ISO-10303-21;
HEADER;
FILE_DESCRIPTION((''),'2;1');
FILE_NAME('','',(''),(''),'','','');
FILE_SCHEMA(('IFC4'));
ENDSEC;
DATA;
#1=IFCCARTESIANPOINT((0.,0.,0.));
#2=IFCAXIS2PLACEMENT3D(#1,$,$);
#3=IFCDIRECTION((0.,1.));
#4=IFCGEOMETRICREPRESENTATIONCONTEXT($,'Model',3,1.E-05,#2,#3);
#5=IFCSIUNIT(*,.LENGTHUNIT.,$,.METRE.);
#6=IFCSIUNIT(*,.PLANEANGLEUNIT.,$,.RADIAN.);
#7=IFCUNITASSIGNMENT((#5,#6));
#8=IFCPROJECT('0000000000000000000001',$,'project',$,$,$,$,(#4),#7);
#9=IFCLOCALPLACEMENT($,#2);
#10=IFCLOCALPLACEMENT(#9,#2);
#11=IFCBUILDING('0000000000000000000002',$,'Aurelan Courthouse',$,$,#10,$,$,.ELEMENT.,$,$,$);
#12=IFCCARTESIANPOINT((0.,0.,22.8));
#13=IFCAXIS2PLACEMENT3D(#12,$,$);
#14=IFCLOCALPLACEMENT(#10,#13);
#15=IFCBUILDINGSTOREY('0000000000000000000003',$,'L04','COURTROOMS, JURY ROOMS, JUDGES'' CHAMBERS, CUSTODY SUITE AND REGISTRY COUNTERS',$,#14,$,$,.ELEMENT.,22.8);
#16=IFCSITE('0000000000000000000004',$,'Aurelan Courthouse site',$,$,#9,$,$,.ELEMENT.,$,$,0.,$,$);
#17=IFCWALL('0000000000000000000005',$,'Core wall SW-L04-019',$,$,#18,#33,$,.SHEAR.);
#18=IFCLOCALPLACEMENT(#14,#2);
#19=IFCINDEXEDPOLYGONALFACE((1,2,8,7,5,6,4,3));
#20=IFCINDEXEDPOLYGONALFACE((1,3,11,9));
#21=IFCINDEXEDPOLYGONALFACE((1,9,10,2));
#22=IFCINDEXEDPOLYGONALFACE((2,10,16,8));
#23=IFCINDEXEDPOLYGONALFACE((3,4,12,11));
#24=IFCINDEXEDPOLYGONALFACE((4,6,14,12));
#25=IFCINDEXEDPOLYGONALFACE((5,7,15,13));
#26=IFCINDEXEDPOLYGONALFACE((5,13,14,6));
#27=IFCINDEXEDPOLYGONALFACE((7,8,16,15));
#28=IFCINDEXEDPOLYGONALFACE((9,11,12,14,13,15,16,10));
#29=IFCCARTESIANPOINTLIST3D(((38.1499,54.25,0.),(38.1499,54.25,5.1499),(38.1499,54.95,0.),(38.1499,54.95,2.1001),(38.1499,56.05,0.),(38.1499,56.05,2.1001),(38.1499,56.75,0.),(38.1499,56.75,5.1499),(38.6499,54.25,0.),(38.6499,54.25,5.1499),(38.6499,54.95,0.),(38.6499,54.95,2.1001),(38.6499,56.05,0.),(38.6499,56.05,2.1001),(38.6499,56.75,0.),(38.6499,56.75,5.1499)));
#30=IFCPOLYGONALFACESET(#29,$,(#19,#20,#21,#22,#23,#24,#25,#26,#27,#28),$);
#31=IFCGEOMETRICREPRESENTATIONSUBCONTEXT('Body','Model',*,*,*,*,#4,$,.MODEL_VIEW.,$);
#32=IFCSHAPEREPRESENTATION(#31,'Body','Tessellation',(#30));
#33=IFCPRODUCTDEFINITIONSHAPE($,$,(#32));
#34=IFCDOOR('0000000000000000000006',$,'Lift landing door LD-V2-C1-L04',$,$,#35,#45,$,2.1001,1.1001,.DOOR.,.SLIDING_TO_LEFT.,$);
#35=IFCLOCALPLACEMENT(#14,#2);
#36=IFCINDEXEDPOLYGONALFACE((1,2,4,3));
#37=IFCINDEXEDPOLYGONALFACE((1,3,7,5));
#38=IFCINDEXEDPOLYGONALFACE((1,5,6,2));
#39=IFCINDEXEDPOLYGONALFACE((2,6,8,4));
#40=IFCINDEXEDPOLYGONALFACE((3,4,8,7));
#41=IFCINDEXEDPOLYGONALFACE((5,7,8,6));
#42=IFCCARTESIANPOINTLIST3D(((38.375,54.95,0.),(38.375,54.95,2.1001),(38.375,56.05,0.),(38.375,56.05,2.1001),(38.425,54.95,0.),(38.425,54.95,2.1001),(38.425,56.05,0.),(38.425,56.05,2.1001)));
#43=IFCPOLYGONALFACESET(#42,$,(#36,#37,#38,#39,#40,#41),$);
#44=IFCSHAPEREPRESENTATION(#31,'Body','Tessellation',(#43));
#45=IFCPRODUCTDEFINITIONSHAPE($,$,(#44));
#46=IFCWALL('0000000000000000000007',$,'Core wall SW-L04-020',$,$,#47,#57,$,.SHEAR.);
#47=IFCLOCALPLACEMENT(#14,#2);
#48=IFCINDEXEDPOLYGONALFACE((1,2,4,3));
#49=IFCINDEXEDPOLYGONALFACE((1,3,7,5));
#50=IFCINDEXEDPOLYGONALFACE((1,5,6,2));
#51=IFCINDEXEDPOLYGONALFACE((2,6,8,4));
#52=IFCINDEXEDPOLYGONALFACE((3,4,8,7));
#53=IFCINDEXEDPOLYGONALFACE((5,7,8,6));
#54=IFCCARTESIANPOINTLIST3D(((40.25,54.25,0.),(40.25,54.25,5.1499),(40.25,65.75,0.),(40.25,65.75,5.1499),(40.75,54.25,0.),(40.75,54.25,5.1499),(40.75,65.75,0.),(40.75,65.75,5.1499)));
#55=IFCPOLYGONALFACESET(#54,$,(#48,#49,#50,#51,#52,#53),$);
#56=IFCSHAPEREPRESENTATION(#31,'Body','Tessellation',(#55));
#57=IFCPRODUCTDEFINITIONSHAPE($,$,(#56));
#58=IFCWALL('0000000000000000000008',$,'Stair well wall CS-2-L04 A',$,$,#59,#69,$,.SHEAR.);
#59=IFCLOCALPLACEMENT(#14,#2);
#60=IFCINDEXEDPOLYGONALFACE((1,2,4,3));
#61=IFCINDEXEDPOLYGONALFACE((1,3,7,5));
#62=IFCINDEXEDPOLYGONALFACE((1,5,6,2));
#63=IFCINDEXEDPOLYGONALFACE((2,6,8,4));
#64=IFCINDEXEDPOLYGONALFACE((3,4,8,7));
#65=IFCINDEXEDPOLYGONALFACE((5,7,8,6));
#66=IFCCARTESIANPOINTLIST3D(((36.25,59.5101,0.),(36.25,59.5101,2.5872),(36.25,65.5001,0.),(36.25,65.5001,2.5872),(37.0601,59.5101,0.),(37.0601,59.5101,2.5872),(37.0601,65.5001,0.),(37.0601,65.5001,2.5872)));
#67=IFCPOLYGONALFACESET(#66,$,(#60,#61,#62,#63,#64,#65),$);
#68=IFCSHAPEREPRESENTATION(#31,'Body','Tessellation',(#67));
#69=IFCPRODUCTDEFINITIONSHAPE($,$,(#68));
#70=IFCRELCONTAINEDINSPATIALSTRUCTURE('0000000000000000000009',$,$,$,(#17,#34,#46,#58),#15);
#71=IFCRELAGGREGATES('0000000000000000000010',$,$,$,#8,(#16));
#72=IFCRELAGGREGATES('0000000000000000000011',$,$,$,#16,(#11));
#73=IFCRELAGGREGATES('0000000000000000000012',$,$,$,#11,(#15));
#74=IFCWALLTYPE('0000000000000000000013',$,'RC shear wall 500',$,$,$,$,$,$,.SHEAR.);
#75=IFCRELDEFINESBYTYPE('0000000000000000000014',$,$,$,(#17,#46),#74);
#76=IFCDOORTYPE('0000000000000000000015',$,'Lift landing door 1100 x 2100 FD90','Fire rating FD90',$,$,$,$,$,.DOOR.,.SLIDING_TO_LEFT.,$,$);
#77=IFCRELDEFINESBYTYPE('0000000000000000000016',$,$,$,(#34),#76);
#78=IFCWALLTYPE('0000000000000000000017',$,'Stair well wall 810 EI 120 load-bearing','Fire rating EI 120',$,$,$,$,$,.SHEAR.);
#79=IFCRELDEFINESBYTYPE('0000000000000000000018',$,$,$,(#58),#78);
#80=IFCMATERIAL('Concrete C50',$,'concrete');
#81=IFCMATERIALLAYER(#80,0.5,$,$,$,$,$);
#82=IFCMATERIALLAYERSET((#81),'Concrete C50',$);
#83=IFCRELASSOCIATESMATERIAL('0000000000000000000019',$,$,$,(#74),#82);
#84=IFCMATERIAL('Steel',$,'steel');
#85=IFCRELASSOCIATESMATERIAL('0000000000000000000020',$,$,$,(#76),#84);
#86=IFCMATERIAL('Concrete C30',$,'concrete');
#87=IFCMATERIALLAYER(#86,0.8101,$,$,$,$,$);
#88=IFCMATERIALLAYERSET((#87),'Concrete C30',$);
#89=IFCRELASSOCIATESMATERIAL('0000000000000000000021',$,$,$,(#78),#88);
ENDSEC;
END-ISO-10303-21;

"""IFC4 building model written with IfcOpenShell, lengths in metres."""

from ifc_helpers import new_model, si_unit, direction, frame, frame_2d, origin, place, context, subcontext, project, spatial, rectangle, extrude, material, layer, layer_set, type_object, element, fill, save


model = new_model("IFC4")

# Units and contexts
model_context = context("Model", 3, precision=1e-05, world=origin(), true_north=direction((0.0, 1.0)))
body_context = subcontext(model_context, "Body", "Model", "MODEL_VIEW")
ifc_project = project(units=[si_unit("LENGTHUNIT", "METRE"), si_unit("PLANEANGLEUNIT", "RADIAN")], contexts=[model_context])

# Site, building, storey
site_placement = place(None, origin())
site = spatial("IfcSite", under=ifc_project, at=site_placement, Name="Aurelan Courthouse site", CompositionType="ELEMENT", RefElevation=0.0)
building_placement = place(site_placement, origin())
building = spatial("IfcBuilding", under=site, at=building_placement, Name="Aurelan Courthouse", CompositionType="ELEMENT")
storey_placement = place(building_placement, frame((0.0, 0.0, 22.8)))
storey = spatial("IfcBuildingStorey", under=building, at=storey_placement, Name="L04", Description="COURTROOMS, JURY ROOMS, JUDGES' CHAMBERS, CUSTODY SUITE AND REGISTRY COUNTERS", CompositionType="ELEMENT", Elevation=22.8)

# Shared definitions
ifc_material_1 = material(Name="Concrete C50", Category="concrete")

# Shared definitions
ifc_material_2 = material(Name="Concrete C30", Category="concrete")

# Shared definitions
ifc_material_3 = material(Name="Steel", Category="steel")

# Shared definitions
ifc_layer_1 = layer(ifc_material_1, 0.5)
ifc_layer_set_1 = layer_set([ifc_layer_1], Name="Concrete C50")
wall_type_1 = type_object("IfcWallType", Name="RC shear wall 500", PredefinedType="SHEAR", material=ifc_layer_set_1)

# Wall, opening, door
wall_1_placement = place(storey_placement, frame((38.3999, 54.25, 0.0), z_axis=(0.0, 0.0, 1.0), x_axis=(0.0, 1.0, 0.0)))
wall_1 = element("IfcWall", 1, at=wall_1_placement, inside=storey, type_object=wall_type_1, Name="Core wall SW-L04-019", PredefinedType="SHEAR", context=body_context, shape_type="SweptSolid", body=[
    extrude(rectangle(XDim=2.5, YDim=0.5, at=frame_2d((1.25, 0.0))), origin(), (0.0, 0.0, 1.0), 5.1499),
])
opening_1_placement = place(wall_1_placement, frame((0.7, 0.0, 0.0)))
opening_1 = element("IfcOpeningElement", 2, at=opening_1_placement, cuts=wall_1, PredefinedType="OPENING", context=body_context, shape_type="SweptSolid", body=[
    extrude(rectangle(XDim=1.1001, YDim=2.1001, at=frame_2d((0.55, 1.05))), frame((0.0, 0.26, 0.0), z_axis=(0.0, -1.0, 0.0), x_axis=(1.0, 0.0, 0.0)), (0.0, 0.0, 1.0), 0.52),
])
door_type_1 = type_object("IfcDoorType", Name="Lift landing door 1100 x 2100 FD90", Description="Fire rating FD90", OperationType="SLIDING_TO_LEFT", PredefinedType="DOOR", material=ifc_material_3)
door_1_placement = place(opening_1_placement, origin())
door_1 = element("IfcDoor", 3, at=door_1_placement, inside=storey, type_object=door_type_1, Name="Lift landing door LD-V2-C1-L04", OperationType="SLIDING_TO_LEFT", OverallHeight=2.1001, OverallWidth=1.1001, PredefinedType="DOOR", context=body_context, shape_type="SweptSolid", body=[
    extrude(rectangle(XDim=1.1001, YDim=2.1001, at=frame_2d((0.55, 1.05))), frame((0.0, 0.0249, 0.0), z_axis=(0.0, -1.0, 0.0), x_axis=(1.0, 0.0, 0.0)), (0.0, 0.0, 1.0), 0.05),
])
fill(opening_1, door_1)

# Walls
wall_2_placement = place(storey_placement, frame((40.5, 54.25, 0.0), z_axis=(0.0, 0.0, 1.0), x_axis=(0.0, 1.0, 0.0)))
element("IfcWall", 4, at=wall_2_placement, inside=storey, type_object=wall_type_1, Name="Core wall SW-L04-020", PredefinedType="SHEAR", context=body_context, shape_type="SweptSolid", body=[
    extrude(rectangle(XDim=11.5, YDim=0.5, at=frame_2d((5.75, 0.0))), origin(), (0.0, 0.0, 1.0), 5.1499),
])
ifc_layer_2 = layer(ifc_material_2, 0.8101)
ifc_layer_set_2 = layer_set([ifc_layer_2], Name="Concrete C30")
wall_type_2 = type_object("IfcWallType", Name="Stair well wall 810 EI 120 load-bearing", Description="Fire rating EI 120", PredefinedType="SHEAR", material=ifc_layer_set_2)
wall_3_placement = place(storey_placement, frame((36.655, 59.51, 0.0), z_axis=(0.0, 0.0, 1.0), x_axis=(0.0, 1.0, 0.0)))
element("IfcWall", 5, at=wall_3_placement, inside=storey, type_object=wall_type_2, Name="Stair well wall CS-2-L04 A", PredefinedType="SHEAR", context=body_context, shape_type="SweptSolid", body=[
    extrude(rectangle(XDim=5.99, YDim=0.8101, at=frame_2d((2.9951, 0.0))), origin(), (0.0, 0.0, 1.0), 2.5872),
])

save(model, "model.ifc")
